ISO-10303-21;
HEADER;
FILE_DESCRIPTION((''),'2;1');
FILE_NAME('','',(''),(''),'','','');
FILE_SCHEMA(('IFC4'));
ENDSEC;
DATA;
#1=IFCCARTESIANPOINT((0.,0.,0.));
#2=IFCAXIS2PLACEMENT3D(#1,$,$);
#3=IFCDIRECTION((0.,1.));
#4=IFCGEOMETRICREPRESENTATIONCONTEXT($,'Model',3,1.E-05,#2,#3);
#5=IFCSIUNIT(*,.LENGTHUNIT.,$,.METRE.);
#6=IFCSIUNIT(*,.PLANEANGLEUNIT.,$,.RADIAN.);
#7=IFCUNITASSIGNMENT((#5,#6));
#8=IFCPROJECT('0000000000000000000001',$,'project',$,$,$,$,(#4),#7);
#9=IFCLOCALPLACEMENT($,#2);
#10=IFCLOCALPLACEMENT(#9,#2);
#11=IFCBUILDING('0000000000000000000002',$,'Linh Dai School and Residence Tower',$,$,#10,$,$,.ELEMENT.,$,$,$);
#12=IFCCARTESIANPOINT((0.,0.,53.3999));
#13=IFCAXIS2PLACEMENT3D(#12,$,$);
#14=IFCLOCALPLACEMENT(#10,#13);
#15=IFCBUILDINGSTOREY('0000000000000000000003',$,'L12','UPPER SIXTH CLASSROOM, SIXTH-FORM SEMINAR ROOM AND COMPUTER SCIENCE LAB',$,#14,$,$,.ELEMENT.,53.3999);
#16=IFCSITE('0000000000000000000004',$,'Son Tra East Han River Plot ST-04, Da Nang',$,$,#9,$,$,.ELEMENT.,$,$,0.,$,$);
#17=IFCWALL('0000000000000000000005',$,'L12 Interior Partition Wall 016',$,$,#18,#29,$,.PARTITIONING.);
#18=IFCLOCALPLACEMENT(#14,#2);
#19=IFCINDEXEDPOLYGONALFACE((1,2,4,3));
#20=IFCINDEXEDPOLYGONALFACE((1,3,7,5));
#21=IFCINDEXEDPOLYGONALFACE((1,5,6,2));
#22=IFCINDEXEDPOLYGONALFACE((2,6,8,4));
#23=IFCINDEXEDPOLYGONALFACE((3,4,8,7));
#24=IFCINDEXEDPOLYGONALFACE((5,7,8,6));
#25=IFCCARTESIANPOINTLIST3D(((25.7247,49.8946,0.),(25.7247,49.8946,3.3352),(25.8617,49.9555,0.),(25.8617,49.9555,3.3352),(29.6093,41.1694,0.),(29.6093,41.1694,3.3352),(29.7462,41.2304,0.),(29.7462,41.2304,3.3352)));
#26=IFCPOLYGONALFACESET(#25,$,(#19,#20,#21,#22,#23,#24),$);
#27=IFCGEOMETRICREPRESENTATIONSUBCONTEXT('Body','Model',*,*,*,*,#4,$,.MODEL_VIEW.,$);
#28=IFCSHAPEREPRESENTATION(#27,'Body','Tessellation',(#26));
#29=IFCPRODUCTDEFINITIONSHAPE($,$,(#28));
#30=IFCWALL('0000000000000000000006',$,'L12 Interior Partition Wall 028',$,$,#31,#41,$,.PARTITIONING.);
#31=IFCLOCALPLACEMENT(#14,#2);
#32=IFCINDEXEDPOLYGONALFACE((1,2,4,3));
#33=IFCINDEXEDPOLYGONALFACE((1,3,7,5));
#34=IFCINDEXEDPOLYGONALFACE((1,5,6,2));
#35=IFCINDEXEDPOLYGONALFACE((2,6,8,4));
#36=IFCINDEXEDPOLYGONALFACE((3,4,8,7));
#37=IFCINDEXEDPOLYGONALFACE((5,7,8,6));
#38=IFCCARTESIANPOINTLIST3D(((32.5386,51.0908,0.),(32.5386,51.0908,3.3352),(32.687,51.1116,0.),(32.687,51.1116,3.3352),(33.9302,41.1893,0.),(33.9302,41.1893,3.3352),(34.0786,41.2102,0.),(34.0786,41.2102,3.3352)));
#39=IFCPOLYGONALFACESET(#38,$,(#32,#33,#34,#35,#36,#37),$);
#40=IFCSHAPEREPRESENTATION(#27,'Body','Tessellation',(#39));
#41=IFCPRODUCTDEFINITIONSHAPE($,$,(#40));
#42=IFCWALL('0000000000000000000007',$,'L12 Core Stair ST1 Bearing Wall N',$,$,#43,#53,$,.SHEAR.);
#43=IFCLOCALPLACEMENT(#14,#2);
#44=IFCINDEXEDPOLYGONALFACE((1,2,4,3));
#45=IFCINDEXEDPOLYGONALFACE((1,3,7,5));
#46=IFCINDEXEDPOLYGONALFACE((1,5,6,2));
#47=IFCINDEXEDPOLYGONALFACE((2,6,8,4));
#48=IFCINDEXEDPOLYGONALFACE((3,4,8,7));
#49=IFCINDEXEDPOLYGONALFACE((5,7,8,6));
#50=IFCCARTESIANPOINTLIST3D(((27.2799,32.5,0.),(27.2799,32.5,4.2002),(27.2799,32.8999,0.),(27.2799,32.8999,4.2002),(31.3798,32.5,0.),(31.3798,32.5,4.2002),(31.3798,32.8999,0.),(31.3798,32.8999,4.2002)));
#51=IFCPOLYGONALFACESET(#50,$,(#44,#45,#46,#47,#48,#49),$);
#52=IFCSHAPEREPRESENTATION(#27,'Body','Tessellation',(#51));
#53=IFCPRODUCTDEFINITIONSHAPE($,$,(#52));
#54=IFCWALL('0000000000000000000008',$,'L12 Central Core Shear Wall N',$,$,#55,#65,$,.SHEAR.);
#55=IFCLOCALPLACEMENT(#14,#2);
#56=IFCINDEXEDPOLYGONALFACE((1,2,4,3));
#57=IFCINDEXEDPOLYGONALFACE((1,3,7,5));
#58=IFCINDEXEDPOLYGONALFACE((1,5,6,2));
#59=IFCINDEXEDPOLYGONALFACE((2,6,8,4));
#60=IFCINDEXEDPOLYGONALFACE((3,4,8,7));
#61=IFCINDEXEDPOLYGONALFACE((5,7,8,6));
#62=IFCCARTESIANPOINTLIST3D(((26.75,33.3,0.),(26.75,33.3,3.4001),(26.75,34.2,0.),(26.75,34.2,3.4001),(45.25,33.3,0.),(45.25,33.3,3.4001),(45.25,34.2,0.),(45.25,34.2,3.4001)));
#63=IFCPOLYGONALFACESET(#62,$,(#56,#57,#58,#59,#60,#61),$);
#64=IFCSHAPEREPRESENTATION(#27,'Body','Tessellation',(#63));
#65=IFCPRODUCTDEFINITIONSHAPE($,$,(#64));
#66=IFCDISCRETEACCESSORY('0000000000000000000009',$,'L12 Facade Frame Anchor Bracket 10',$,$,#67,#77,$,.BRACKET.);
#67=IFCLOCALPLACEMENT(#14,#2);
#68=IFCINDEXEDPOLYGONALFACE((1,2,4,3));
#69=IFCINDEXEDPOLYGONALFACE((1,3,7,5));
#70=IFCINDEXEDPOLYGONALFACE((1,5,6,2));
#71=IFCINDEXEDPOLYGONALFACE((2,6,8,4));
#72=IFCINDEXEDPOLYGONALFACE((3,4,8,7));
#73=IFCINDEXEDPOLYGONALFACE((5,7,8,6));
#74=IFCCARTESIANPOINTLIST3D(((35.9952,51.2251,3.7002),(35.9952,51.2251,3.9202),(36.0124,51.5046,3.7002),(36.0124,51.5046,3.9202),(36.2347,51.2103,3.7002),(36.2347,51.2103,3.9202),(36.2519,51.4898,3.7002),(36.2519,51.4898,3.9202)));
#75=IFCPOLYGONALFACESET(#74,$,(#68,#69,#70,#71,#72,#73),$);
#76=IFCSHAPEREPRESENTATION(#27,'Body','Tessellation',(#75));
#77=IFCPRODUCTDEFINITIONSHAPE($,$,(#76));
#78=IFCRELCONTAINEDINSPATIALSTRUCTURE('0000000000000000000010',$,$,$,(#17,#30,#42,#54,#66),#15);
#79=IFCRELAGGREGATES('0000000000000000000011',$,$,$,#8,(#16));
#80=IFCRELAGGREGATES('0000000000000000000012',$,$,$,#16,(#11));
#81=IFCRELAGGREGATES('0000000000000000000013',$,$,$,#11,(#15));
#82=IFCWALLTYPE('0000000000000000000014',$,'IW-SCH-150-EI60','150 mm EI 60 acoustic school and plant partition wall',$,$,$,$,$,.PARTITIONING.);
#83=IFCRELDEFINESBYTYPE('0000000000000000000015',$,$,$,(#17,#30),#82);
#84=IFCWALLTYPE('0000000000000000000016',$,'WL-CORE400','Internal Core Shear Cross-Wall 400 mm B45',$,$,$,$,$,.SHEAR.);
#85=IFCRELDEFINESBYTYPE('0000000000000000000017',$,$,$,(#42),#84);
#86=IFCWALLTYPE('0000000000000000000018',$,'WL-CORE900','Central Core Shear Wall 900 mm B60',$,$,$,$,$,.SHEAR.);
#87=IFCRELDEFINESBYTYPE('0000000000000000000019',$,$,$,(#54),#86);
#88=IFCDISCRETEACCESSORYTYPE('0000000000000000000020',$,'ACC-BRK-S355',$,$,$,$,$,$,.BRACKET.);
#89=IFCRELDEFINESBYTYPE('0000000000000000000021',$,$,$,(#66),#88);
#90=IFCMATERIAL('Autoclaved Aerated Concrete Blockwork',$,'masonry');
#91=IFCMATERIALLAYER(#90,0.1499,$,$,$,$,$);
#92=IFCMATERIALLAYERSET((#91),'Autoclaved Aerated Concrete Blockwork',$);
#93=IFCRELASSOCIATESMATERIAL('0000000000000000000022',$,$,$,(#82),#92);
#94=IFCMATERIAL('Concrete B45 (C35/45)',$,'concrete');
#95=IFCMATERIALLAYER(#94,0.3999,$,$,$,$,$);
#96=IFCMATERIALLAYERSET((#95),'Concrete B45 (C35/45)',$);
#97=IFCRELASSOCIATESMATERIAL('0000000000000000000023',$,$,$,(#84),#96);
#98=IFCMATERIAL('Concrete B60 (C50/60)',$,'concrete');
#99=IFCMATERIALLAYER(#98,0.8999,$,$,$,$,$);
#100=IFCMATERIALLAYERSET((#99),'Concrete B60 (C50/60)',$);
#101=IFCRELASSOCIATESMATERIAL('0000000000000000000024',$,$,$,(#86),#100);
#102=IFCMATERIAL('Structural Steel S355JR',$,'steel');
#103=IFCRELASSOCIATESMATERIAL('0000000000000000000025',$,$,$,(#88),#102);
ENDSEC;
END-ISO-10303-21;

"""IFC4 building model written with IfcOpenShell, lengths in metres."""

from ifc_helpers import new_model, si_unit, direction, frame, frame_2d, origin, origin_2d, place, context, subcontext, project, spatial, rectangle, extrude, source, transform, mapped, material, layer, layer_set, type_object, element, save


model = new_model("IFC4")

# Units and contexts
model_context = context("Model", 3, precision=1e-05, world=origin(), true_north=direction((0.0, 1.0)))
body_context = subcontext(model_context, "Body", "Model", "MODEL_VIEW")
ifc_project = project(units=[si_unit("LENGTHUNIT", "METRE"), si_unit("PLANEANGLEUNIT", "RADIAN")], contexts=[model_context])

# Site, building, storey
site_placement = place(None, origin())
site = spatial("IfcSite", under=ifc_project, at=site_placement, Name="Son Tra East Han River Plot ST-04, Da Nang", CompositionType="ELEMENT", RefElevation=0.0)
building_placement = place(site_placement, origin())
building = spatial("IfcBuilding", under=site, at=building_placement, Name="Linh Dai School and Residence Tower", CompositionType="ELEMENT")
storey_placement = place(building_placement, frame((0.0, 0.0, 53.3999)))
storey = spatial("IfcBuildingStorey", under=building, at=storey_placement, Name="L12", Description="UPPER SIXTH CLASSROOM, SIXTH-FORM SEMINAR ROOM AND COMPUTER SCIENCE LAB", CompositionType="ELEMENT", Elevation=53.3999)

# Shared definitions
ifc_material_1 = material(Name="Concrete B60 (C50/60)", Category="concrete")
ifc_material_2 = material(Name="Structural Steel S355JR", Category="steel")

# Shared definitions
ifc_material_3 = material(Name="Autoclaved Aerated Concrete Blockwork", Category="masonry")

# Walls
ifc_layer_1 = layer(ifc_material_3, 0.1499)
ifc_layer_set_1 = layer_set([ifc_layer_1], Name="Autoclaved Aerated Concrete Blockwork")
wall_type_1 = type_object("IfcWallType", Name="IW-SCH-150-EI60", Description="150 mm EI 60 acoustic school and plant partition wall", PredefinedType="PARTITIONING", material=ifc_layer_set_1)
wall_1_placement = place(storey_placement, frame((25.7932, 49.925, 0.0), z_axis=(0.0, 0.0, 1.0), x_axis=(0.406724, -0.913551, 0.0)))
element("IfcWall", 1, at=wall_1_placement, inside=storey, type_object=wall_type_1, Name="L12 Interior Partition Wall 016", PredefinedType="PARTITIONING", context=body_context, shape_type="SweptSolid", body=[
    extrude(rectangle(XDim=9.5508, YDim=0.1499, at=frame_2d((4.7754, 0.0))), origin(), (0.0, 0.0, 1.0), 3.3352),
])
wall_2_placement = place(storey_placement, frame((32.6128, 51.1013, 0.0), z_axis=(0.0, 0.0, 1.0), x_axis=(0.139179, -0.990267, 0.0)))
element("IfcWall", 2, at=wall_2_placement, inside=storey, type_object=wall_type_1, Name="L12 Interior Partition Wall 028", PredefinedType="PARTITIONING", context=body_context, shape_type="SweptSolid", body=[
    extrude(rectangle(XDim=9.9988, YDim=0.1499, at=frame_2d((4.9995, 0.0))), origin(), (0.0, 0.0, 1.0), 3.3352),
])
ifc_material_4 = material(Name="Concrete B45 (C35/45)", Category="concrete")
ifc_layer_2 = layer(ifc_material_4, 0.3999)
ifc_layer_set_2 = layer_set([ifc_layer_2], Name="Concrete B45 (C35/45)")
wall_type_2 = type_object("IfcWallType", Name="WL-CORE400", Description="Internal Core Shear Cross-Wall 400 mm B45", PredefinedType="SHEAR", material=ifc_layer_set_2)
wall_3_placement = place(storey_placement, frame((27.28, 32.7, 0.0), z_axis=(0.0, 0.0, 1.0), x_axis=(1.0, 0.0, 0.0)))
element("IfcWall", 3, at=wall_3_placement, inside=storey, type_object=wall_type_2, Name="L12 Core Stair ST1 Bearing Wall N", PredefinedType="SHEAR", context=body_context, shape_type="SweptSolid", body=[
    extrude(rectangle(XDim=4.0999, YDim=0.3999, at=frame_2d((2.0498, 0.0))), origin(), (0.0, 0.0, 1.0), 4.2002),
])
ifc_layer_3 = layer(ifc_material_1, 0.8999)
ifc_layer_set_3 = layer_set([ifc_layer_3], Name="Concrete B60 (C50/60)")
wall_type_3 = type_object("IfcWallType", Name="WL-CORE900", Description="Central Core Shear Wall 900 mm B60", PredefinedType="SHEAR", material=ifc_layer_set_3)
wall_4_placement = place(storey_placement, frame((26.75, 33.75, 0.0), z_axis=(0.0, 0.0, 1.0), x_axis=(1.0, 0.0, 0.0)))
element("IfcWall", 4, at=wall_4_placement, inside=storey, type_object=wall_type_3, Name="L12 Central Core Shear Wall N", PredefinedType="SHEAR", context=body_context, shape_type="SweptSolid", body=[
    extrude(rectangle(XDim=18.5, YDim=0.8999, at=frame_2d((9.25, 0.0))), origin(), (0.0, 0.0, 1.0), 3.4001),
])

# Discrete accessory
discrete_accessory_type = type_object("IfcDiscreteAccessoryType", Name="ACC-BRK-S355", PredefinedType="BRACKET", material=ifc_material_2)
shared_shape_1 = source(origin(), body_context, "Body", "SweptSolid", [
    extrude(rectangle(XDim=0.28, YDim=0.24, at=origin_2d()), origin(), (0.0, 0.0, 1.0), 0.22),
])
discrete_accessory_placement = place(storey_placement, frame((36.1235, 51.3574, 3.7002), z_axis=(0.0, 0.0, 1.0), x_axis=(0.061507, 0.998107, 0.0)))
element("IfcDiscreteAccessory", 5, at=discrete_accessory_placement, inside=storey, type_object=discrete_accessory_type, Name="L12 Facade Frame Anchor Bracket 10", PredefinedType="BRACKET", context=body_context, shape_type="MappedRepresentation", body=[
    mapped(shared_shape_1, transform((0.0, 0.0, 0.0), x_axis=(1.0, 0.0, 0.0), y_axis=(0.0, 1.0, 0.0), z_axis=(0.0, 0.0, 1.0), scale=1.0)),
])

save(model, "model.ifc")
